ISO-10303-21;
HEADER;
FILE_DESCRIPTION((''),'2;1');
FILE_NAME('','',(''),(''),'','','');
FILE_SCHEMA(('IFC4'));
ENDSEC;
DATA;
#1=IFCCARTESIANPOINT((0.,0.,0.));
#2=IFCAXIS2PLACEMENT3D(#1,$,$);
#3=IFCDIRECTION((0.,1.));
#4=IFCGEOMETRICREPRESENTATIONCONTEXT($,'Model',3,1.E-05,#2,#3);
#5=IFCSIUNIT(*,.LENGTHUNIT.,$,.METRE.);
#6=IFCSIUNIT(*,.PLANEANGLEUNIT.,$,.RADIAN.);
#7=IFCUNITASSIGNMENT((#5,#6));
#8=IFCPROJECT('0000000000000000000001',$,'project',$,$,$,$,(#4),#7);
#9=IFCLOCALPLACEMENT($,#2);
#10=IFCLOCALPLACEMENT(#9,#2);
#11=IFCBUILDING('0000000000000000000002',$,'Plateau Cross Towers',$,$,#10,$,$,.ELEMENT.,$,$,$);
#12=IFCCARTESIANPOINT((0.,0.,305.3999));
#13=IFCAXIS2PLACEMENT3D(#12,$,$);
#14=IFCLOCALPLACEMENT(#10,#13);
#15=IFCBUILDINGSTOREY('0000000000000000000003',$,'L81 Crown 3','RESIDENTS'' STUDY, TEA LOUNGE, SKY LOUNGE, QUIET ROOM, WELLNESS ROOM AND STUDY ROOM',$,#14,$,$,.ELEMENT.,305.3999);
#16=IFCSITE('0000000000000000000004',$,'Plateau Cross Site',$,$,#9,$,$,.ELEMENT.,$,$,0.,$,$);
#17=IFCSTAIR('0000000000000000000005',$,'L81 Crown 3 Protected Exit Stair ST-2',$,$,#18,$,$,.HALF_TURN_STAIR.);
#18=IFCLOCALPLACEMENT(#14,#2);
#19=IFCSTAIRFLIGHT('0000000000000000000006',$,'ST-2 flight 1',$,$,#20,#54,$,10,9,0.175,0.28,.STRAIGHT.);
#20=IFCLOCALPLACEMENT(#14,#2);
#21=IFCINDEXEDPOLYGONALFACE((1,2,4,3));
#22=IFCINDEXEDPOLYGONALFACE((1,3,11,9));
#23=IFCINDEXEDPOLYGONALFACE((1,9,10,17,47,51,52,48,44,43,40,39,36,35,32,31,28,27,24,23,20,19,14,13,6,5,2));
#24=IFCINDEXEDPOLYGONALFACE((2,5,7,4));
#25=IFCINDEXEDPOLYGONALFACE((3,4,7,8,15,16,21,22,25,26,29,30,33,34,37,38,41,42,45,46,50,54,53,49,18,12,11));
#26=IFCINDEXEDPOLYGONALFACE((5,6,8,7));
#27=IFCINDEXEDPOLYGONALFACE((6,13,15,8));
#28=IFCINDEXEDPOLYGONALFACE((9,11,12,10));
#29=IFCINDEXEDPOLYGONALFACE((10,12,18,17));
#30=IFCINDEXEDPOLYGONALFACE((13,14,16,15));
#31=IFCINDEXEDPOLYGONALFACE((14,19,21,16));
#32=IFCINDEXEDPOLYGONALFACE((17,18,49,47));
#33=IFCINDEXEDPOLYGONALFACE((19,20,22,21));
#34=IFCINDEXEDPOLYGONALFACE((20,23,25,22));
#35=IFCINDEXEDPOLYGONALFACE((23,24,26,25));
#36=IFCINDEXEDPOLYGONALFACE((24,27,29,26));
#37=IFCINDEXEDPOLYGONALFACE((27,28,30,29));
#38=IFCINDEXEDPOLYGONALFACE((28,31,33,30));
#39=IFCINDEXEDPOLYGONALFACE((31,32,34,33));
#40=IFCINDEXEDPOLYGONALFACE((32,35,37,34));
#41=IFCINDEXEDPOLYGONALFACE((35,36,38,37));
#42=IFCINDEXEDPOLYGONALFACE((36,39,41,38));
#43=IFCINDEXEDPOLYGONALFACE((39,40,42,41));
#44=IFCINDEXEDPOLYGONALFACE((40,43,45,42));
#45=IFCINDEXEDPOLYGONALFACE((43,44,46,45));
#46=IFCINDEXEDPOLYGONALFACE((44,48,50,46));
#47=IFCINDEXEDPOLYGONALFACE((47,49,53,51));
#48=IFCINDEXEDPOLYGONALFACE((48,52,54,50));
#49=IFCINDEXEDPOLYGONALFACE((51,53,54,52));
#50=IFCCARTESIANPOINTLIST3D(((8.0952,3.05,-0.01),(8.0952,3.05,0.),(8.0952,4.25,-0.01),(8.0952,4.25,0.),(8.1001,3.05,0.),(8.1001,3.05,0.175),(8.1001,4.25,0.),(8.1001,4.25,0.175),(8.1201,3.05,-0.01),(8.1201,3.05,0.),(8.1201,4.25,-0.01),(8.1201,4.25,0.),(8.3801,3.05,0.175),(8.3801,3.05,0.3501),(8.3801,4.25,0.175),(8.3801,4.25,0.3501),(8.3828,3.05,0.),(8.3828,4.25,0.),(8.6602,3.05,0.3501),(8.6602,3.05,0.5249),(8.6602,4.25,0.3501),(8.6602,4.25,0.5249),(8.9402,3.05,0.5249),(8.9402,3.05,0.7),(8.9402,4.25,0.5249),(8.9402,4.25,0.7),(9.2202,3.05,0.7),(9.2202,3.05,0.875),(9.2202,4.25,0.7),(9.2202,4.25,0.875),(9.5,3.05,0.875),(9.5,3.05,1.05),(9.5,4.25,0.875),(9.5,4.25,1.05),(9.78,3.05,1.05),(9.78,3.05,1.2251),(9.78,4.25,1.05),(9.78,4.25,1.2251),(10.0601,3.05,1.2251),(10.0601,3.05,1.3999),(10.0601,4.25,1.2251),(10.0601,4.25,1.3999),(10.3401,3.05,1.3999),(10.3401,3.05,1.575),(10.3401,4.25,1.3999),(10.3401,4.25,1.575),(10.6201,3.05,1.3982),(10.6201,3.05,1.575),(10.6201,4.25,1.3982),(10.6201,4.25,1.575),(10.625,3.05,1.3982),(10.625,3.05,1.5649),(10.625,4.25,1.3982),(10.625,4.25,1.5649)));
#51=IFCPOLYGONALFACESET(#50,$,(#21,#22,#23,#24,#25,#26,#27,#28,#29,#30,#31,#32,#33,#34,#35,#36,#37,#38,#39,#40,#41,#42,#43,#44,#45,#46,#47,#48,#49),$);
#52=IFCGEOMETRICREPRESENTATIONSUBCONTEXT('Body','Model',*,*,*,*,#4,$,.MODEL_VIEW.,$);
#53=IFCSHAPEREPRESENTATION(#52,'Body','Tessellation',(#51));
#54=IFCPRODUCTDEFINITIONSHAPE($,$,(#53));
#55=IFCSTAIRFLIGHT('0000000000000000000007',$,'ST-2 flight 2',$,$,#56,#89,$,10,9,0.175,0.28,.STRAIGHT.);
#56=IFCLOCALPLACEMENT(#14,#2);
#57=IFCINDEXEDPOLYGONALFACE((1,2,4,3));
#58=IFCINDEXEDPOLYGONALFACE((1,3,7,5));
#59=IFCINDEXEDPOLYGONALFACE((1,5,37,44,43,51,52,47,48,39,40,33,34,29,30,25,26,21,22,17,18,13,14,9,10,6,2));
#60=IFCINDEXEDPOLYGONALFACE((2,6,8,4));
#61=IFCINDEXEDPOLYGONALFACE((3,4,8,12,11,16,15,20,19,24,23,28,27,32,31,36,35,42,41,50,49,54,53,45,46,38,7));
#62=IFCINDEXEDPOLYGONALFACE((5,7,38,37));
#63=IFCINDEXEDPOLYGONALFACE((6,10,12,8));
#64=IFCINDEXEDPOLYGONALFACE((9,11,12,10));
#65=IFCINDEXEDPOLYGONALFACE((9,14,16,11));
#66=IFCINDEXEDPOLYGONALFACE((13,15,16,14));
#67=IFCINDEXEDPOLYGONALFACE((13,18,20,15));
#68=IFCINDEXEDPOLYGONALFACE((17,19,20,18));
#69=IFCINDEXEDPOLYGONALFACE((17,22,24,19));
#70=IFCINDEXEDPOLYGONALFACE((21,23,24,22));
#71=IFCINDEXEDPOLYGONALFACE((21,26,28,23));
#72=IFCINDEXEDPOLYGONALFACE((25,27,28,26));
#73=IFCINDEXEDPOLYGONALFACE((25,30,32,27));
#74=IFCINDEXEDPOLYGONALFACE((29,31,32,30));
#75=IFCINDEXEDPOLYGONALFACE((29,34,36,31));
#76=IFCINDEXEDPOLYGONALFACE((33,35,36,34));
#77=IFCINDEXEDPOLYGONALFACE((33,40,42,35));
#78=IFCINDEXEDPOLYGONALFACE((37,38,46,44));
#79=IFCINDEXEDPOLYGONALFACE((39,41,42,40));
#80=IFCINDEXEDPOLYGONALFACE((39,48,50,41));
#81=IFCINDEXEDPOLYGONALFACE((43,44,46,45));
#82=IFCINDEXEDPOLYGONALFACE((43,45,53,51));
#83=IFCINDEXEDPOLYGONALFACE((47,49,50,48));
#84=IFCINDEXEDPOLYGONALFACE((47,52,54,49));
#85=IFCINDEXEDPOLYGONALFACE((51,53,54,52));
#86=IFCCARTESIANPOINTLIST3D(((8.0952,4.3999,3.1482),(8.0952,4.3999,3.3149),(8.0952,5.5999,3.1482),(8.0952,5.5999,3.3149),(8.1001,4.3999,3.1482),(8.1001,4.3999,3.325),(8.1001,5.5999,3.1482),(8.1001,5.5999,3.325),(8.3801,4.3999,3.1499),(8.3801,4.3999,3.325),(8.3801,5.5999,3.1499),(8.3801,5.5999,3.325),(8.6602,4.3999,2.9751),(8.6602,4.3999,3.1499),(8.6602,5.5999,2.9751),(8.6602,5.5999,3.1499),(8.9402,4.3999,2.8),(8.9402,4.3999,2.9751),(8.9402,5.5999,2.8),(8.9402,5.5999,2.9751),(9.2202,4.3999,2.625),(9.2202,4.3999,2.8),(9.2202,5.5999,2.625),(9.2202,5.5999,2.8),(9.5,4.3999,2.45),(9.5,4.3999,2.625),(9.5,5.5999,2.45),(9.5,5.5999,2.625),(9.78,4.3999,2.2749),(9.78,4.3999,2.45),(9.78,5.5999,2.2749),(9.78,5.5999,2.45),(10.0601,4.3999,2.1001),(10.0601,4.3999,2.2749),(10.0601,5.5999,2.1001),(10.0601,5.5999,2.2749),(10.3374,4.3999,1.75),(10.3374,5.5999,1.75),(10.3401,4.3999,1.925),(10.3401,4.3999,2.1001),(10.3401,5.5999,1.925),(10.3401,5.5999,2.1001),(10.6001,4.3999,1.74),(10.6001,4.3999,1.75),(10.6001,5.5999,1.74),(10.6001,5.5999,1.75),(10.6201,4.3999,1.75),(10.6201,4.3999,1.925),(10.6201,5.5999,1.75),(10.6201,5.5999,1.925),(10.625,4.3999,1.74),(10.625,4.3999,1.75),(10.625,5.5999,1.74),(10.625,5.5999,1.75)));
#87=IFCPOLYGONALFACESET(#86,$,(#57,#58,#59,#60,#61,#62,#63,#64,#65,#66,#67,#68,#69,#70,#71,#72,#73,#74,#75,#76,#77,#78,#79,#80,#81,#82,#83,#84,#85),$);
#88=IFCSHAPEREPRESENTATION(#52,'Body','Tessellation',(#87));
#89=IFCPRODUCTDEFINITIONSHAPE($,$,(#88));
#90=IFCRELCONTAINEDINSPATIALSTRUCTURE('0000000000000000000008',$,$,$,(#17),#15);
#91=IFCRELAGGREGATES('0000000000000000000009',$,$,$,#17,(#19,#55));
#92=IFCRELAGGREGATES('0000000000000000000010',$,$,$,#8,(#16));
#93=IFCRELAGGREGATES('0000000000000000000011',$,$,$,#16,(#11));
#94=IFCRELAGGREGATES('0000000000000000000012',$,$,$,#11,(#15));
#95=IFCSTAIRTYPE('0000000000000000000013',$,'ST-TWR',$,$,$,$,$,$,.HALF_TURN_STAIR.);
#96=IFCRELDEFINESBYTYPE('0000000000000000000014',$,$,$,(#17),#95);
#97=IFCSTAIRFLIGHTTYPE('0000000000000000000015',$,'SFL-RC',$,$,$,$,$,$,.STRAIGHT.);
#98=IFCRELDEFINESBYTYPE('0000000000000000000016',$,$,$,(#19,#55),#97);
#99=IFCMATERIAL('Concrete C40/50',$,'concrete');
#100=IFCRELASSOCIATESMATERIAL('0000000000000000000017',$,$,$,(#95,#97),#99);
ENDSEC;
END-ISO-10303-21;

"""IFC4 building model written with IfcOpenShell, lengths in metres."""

from ifc_helpers import new_model, si_unit, direction, frame, origin, place, context, subcontext, project, spatial, polyline, outline, extrude, material, type_object, element, aggregate, save


model = new_model("IFC4")

# Units and contexts
model_context = context("Model", 3, precision=1e-05, world=origin(), true_north=direction((0.0, 1.0)))
body_context = subcontext(model_context, "Body", "Model", "MODEL_VIEW")
ifc_project = project(units=[si_unit("LENGTHUNIT", "METRE"), si_unit("PLANEANGLEUNIT", "RADIAN")], contexts=[model_context])

# Site, building, storey
site_placement = place(None, origin())
site = spatial("IfcSite", under=ifc_project, at=site_placement, Name="Plateau Cross Site", CompositionType="ELEMENT", RefElevation=0.0)
building_placement = place(site_placement, origin())
building = spatial("IfcBuilding", under=site, at=building_placement, Name="Plateau Cross Towers", CompositionType="ELEMENT")
storey_placement = place(building_placement, frame((0.0, 0.0, 305.3999)))
storey = spatial("IfcBuildingStorey", under=building, at=storey_placement, Name="L81 Crown 3", Description="RESIDENTS' STUDY, TEA LOUNGE, SKY LOUNGE, QUIET ROOM, WELLNESS ROOM AND STUDY ROOM", CompositionType="ELEMENT", Elevation=305.3999)

# Stair, stair flights
ifc_material_1 = material(Name="Concrete C40/50", Category="concrete")
stair_type = type_object("IfcStairType", Name="ST-TWR", PredefinedType="HALF_TURN_STAIR", material=ifc_material_1)
stair_placement = place(storey_placement, origin())
stair = element("IfcStair", 1, at=stair_placement, inside=storey, type_object=stair_type, Name="L81 Crown 3 Protected Exit Stair ST-2", PredefinedType="HALF_TURN_STAIR")
stair_flight_type = type_object("IfcStairFlightType", Name="SFL-RC", PredefinedType="STRAIGHT", material=ifc_material_1)
stair_flight_1_placement = place(storey_placement, frame((8.1001, 3.6499, 0.0), z_axis=(0.0, 0.0, 1.0), x_axis=(1.0, 0.0, 0.0)))
stair_flight_1 = element("IfcStairFlight", 2, at=stair_flight_1_placement, type_object=stair_flight_type, Name="ST-2 flight 1", NumberOfRisers=10, NumberOfTreads=9, PredefinedType="STRAIGHT", RiserHeight=0.175, TreadLength=0.28, context=body_context, shape_type="SweptSolid", body=[
    extrude(outline(polyline([(-0.0049, -0.01), (-0.0049, 0.0), (0.0, 0.0), (0.0, 0.175), (0.28, 0.175), (0.28, 0.3501), (0.5601, 0.3501), (0.5601, 0.5249), (0.8401, 0.5249), (0.8401, 0.7), (1.1201, 0.7), (1.1201, 0.875), (1.3999, 0.875), (1.3999, 1.05), (1.6799, 1.05), (1.6799, 1.2251), (1.96, 1.2251), (1.96, 1.3999), (2.24, 1.3999), (2.24, 1.575), (2.52, 1.575), (2.5249, 1.5649), (2.5249, 1.3982), (2.52, 1.3982), (0.2827, 0.0), (0.02, 0.0), (0.02, -0.01), (-0.0049, -0.01)])), frame((0.0, 0.6001, 0.0), z_axis=(0.0, -1.0, 0.0), x_axis=(1.0, 0.0, 0.0)), (0.0, 0.0, 1.0), 1.2),
])
stair_flight_2_placement = place(storey_placement, frame((10.6201, 5.0, 1.75), z_axis=(0.0, 0.0, 1.0), x_axis=(-1.0, 0.0, 0.0)))
stair_flight_2 = element("IfcStairFlight", 3, at=stair_flight_2_placement, type_object=stair_flight_type, Name="ST-2 flight 2", NumberOfRisers=10, NumberOfTreads=9, PredefinedType="STRAIGHT", RiserHeight=0.175, TreadLength=0.28, context=body_context, shape_type="SweptSolid", body=[
    extrude(outline(polyline([(-0.0049, -0.01), (-0.0049, 0.0), (0.0, 0.0), (0.0, 0.175), (0.28, 0.175), (0.28, 0.3501), (0.5601, 0.3501), (0.5601, 0.5249), (0.8401, 0.5249), (0.8401, 0.7), (1.1201, 0.7), (1.1201, 0.875), (1.3999, 0.875), (1.3999, 1.05), (1.6799, 1.05), (1.6799, 1.2251), (1.96, 1.2251), (1.96, 1.3999), (2.24, 1.3999), (2.24, 1.575), (2.52, 1.575), (2.5249, 1.5649), (2.5249, 1.3982), (2.52, 1.3982), (0.2827, 0.0), (0.02, 0.0), (0.02, -0.01), (-0.0049, -0.01)])), frame((0.0, 0.6001, 0.0), z_axis=(0.0, -1.0, 0.0), x_axis=(1.0, 0.0, 0.0)), (0.0, 0.0, 1.0), 1.2),
])
aggregate(stair, [stair_flight_1, stair_flight_2])

save(model, "model.ifc")
